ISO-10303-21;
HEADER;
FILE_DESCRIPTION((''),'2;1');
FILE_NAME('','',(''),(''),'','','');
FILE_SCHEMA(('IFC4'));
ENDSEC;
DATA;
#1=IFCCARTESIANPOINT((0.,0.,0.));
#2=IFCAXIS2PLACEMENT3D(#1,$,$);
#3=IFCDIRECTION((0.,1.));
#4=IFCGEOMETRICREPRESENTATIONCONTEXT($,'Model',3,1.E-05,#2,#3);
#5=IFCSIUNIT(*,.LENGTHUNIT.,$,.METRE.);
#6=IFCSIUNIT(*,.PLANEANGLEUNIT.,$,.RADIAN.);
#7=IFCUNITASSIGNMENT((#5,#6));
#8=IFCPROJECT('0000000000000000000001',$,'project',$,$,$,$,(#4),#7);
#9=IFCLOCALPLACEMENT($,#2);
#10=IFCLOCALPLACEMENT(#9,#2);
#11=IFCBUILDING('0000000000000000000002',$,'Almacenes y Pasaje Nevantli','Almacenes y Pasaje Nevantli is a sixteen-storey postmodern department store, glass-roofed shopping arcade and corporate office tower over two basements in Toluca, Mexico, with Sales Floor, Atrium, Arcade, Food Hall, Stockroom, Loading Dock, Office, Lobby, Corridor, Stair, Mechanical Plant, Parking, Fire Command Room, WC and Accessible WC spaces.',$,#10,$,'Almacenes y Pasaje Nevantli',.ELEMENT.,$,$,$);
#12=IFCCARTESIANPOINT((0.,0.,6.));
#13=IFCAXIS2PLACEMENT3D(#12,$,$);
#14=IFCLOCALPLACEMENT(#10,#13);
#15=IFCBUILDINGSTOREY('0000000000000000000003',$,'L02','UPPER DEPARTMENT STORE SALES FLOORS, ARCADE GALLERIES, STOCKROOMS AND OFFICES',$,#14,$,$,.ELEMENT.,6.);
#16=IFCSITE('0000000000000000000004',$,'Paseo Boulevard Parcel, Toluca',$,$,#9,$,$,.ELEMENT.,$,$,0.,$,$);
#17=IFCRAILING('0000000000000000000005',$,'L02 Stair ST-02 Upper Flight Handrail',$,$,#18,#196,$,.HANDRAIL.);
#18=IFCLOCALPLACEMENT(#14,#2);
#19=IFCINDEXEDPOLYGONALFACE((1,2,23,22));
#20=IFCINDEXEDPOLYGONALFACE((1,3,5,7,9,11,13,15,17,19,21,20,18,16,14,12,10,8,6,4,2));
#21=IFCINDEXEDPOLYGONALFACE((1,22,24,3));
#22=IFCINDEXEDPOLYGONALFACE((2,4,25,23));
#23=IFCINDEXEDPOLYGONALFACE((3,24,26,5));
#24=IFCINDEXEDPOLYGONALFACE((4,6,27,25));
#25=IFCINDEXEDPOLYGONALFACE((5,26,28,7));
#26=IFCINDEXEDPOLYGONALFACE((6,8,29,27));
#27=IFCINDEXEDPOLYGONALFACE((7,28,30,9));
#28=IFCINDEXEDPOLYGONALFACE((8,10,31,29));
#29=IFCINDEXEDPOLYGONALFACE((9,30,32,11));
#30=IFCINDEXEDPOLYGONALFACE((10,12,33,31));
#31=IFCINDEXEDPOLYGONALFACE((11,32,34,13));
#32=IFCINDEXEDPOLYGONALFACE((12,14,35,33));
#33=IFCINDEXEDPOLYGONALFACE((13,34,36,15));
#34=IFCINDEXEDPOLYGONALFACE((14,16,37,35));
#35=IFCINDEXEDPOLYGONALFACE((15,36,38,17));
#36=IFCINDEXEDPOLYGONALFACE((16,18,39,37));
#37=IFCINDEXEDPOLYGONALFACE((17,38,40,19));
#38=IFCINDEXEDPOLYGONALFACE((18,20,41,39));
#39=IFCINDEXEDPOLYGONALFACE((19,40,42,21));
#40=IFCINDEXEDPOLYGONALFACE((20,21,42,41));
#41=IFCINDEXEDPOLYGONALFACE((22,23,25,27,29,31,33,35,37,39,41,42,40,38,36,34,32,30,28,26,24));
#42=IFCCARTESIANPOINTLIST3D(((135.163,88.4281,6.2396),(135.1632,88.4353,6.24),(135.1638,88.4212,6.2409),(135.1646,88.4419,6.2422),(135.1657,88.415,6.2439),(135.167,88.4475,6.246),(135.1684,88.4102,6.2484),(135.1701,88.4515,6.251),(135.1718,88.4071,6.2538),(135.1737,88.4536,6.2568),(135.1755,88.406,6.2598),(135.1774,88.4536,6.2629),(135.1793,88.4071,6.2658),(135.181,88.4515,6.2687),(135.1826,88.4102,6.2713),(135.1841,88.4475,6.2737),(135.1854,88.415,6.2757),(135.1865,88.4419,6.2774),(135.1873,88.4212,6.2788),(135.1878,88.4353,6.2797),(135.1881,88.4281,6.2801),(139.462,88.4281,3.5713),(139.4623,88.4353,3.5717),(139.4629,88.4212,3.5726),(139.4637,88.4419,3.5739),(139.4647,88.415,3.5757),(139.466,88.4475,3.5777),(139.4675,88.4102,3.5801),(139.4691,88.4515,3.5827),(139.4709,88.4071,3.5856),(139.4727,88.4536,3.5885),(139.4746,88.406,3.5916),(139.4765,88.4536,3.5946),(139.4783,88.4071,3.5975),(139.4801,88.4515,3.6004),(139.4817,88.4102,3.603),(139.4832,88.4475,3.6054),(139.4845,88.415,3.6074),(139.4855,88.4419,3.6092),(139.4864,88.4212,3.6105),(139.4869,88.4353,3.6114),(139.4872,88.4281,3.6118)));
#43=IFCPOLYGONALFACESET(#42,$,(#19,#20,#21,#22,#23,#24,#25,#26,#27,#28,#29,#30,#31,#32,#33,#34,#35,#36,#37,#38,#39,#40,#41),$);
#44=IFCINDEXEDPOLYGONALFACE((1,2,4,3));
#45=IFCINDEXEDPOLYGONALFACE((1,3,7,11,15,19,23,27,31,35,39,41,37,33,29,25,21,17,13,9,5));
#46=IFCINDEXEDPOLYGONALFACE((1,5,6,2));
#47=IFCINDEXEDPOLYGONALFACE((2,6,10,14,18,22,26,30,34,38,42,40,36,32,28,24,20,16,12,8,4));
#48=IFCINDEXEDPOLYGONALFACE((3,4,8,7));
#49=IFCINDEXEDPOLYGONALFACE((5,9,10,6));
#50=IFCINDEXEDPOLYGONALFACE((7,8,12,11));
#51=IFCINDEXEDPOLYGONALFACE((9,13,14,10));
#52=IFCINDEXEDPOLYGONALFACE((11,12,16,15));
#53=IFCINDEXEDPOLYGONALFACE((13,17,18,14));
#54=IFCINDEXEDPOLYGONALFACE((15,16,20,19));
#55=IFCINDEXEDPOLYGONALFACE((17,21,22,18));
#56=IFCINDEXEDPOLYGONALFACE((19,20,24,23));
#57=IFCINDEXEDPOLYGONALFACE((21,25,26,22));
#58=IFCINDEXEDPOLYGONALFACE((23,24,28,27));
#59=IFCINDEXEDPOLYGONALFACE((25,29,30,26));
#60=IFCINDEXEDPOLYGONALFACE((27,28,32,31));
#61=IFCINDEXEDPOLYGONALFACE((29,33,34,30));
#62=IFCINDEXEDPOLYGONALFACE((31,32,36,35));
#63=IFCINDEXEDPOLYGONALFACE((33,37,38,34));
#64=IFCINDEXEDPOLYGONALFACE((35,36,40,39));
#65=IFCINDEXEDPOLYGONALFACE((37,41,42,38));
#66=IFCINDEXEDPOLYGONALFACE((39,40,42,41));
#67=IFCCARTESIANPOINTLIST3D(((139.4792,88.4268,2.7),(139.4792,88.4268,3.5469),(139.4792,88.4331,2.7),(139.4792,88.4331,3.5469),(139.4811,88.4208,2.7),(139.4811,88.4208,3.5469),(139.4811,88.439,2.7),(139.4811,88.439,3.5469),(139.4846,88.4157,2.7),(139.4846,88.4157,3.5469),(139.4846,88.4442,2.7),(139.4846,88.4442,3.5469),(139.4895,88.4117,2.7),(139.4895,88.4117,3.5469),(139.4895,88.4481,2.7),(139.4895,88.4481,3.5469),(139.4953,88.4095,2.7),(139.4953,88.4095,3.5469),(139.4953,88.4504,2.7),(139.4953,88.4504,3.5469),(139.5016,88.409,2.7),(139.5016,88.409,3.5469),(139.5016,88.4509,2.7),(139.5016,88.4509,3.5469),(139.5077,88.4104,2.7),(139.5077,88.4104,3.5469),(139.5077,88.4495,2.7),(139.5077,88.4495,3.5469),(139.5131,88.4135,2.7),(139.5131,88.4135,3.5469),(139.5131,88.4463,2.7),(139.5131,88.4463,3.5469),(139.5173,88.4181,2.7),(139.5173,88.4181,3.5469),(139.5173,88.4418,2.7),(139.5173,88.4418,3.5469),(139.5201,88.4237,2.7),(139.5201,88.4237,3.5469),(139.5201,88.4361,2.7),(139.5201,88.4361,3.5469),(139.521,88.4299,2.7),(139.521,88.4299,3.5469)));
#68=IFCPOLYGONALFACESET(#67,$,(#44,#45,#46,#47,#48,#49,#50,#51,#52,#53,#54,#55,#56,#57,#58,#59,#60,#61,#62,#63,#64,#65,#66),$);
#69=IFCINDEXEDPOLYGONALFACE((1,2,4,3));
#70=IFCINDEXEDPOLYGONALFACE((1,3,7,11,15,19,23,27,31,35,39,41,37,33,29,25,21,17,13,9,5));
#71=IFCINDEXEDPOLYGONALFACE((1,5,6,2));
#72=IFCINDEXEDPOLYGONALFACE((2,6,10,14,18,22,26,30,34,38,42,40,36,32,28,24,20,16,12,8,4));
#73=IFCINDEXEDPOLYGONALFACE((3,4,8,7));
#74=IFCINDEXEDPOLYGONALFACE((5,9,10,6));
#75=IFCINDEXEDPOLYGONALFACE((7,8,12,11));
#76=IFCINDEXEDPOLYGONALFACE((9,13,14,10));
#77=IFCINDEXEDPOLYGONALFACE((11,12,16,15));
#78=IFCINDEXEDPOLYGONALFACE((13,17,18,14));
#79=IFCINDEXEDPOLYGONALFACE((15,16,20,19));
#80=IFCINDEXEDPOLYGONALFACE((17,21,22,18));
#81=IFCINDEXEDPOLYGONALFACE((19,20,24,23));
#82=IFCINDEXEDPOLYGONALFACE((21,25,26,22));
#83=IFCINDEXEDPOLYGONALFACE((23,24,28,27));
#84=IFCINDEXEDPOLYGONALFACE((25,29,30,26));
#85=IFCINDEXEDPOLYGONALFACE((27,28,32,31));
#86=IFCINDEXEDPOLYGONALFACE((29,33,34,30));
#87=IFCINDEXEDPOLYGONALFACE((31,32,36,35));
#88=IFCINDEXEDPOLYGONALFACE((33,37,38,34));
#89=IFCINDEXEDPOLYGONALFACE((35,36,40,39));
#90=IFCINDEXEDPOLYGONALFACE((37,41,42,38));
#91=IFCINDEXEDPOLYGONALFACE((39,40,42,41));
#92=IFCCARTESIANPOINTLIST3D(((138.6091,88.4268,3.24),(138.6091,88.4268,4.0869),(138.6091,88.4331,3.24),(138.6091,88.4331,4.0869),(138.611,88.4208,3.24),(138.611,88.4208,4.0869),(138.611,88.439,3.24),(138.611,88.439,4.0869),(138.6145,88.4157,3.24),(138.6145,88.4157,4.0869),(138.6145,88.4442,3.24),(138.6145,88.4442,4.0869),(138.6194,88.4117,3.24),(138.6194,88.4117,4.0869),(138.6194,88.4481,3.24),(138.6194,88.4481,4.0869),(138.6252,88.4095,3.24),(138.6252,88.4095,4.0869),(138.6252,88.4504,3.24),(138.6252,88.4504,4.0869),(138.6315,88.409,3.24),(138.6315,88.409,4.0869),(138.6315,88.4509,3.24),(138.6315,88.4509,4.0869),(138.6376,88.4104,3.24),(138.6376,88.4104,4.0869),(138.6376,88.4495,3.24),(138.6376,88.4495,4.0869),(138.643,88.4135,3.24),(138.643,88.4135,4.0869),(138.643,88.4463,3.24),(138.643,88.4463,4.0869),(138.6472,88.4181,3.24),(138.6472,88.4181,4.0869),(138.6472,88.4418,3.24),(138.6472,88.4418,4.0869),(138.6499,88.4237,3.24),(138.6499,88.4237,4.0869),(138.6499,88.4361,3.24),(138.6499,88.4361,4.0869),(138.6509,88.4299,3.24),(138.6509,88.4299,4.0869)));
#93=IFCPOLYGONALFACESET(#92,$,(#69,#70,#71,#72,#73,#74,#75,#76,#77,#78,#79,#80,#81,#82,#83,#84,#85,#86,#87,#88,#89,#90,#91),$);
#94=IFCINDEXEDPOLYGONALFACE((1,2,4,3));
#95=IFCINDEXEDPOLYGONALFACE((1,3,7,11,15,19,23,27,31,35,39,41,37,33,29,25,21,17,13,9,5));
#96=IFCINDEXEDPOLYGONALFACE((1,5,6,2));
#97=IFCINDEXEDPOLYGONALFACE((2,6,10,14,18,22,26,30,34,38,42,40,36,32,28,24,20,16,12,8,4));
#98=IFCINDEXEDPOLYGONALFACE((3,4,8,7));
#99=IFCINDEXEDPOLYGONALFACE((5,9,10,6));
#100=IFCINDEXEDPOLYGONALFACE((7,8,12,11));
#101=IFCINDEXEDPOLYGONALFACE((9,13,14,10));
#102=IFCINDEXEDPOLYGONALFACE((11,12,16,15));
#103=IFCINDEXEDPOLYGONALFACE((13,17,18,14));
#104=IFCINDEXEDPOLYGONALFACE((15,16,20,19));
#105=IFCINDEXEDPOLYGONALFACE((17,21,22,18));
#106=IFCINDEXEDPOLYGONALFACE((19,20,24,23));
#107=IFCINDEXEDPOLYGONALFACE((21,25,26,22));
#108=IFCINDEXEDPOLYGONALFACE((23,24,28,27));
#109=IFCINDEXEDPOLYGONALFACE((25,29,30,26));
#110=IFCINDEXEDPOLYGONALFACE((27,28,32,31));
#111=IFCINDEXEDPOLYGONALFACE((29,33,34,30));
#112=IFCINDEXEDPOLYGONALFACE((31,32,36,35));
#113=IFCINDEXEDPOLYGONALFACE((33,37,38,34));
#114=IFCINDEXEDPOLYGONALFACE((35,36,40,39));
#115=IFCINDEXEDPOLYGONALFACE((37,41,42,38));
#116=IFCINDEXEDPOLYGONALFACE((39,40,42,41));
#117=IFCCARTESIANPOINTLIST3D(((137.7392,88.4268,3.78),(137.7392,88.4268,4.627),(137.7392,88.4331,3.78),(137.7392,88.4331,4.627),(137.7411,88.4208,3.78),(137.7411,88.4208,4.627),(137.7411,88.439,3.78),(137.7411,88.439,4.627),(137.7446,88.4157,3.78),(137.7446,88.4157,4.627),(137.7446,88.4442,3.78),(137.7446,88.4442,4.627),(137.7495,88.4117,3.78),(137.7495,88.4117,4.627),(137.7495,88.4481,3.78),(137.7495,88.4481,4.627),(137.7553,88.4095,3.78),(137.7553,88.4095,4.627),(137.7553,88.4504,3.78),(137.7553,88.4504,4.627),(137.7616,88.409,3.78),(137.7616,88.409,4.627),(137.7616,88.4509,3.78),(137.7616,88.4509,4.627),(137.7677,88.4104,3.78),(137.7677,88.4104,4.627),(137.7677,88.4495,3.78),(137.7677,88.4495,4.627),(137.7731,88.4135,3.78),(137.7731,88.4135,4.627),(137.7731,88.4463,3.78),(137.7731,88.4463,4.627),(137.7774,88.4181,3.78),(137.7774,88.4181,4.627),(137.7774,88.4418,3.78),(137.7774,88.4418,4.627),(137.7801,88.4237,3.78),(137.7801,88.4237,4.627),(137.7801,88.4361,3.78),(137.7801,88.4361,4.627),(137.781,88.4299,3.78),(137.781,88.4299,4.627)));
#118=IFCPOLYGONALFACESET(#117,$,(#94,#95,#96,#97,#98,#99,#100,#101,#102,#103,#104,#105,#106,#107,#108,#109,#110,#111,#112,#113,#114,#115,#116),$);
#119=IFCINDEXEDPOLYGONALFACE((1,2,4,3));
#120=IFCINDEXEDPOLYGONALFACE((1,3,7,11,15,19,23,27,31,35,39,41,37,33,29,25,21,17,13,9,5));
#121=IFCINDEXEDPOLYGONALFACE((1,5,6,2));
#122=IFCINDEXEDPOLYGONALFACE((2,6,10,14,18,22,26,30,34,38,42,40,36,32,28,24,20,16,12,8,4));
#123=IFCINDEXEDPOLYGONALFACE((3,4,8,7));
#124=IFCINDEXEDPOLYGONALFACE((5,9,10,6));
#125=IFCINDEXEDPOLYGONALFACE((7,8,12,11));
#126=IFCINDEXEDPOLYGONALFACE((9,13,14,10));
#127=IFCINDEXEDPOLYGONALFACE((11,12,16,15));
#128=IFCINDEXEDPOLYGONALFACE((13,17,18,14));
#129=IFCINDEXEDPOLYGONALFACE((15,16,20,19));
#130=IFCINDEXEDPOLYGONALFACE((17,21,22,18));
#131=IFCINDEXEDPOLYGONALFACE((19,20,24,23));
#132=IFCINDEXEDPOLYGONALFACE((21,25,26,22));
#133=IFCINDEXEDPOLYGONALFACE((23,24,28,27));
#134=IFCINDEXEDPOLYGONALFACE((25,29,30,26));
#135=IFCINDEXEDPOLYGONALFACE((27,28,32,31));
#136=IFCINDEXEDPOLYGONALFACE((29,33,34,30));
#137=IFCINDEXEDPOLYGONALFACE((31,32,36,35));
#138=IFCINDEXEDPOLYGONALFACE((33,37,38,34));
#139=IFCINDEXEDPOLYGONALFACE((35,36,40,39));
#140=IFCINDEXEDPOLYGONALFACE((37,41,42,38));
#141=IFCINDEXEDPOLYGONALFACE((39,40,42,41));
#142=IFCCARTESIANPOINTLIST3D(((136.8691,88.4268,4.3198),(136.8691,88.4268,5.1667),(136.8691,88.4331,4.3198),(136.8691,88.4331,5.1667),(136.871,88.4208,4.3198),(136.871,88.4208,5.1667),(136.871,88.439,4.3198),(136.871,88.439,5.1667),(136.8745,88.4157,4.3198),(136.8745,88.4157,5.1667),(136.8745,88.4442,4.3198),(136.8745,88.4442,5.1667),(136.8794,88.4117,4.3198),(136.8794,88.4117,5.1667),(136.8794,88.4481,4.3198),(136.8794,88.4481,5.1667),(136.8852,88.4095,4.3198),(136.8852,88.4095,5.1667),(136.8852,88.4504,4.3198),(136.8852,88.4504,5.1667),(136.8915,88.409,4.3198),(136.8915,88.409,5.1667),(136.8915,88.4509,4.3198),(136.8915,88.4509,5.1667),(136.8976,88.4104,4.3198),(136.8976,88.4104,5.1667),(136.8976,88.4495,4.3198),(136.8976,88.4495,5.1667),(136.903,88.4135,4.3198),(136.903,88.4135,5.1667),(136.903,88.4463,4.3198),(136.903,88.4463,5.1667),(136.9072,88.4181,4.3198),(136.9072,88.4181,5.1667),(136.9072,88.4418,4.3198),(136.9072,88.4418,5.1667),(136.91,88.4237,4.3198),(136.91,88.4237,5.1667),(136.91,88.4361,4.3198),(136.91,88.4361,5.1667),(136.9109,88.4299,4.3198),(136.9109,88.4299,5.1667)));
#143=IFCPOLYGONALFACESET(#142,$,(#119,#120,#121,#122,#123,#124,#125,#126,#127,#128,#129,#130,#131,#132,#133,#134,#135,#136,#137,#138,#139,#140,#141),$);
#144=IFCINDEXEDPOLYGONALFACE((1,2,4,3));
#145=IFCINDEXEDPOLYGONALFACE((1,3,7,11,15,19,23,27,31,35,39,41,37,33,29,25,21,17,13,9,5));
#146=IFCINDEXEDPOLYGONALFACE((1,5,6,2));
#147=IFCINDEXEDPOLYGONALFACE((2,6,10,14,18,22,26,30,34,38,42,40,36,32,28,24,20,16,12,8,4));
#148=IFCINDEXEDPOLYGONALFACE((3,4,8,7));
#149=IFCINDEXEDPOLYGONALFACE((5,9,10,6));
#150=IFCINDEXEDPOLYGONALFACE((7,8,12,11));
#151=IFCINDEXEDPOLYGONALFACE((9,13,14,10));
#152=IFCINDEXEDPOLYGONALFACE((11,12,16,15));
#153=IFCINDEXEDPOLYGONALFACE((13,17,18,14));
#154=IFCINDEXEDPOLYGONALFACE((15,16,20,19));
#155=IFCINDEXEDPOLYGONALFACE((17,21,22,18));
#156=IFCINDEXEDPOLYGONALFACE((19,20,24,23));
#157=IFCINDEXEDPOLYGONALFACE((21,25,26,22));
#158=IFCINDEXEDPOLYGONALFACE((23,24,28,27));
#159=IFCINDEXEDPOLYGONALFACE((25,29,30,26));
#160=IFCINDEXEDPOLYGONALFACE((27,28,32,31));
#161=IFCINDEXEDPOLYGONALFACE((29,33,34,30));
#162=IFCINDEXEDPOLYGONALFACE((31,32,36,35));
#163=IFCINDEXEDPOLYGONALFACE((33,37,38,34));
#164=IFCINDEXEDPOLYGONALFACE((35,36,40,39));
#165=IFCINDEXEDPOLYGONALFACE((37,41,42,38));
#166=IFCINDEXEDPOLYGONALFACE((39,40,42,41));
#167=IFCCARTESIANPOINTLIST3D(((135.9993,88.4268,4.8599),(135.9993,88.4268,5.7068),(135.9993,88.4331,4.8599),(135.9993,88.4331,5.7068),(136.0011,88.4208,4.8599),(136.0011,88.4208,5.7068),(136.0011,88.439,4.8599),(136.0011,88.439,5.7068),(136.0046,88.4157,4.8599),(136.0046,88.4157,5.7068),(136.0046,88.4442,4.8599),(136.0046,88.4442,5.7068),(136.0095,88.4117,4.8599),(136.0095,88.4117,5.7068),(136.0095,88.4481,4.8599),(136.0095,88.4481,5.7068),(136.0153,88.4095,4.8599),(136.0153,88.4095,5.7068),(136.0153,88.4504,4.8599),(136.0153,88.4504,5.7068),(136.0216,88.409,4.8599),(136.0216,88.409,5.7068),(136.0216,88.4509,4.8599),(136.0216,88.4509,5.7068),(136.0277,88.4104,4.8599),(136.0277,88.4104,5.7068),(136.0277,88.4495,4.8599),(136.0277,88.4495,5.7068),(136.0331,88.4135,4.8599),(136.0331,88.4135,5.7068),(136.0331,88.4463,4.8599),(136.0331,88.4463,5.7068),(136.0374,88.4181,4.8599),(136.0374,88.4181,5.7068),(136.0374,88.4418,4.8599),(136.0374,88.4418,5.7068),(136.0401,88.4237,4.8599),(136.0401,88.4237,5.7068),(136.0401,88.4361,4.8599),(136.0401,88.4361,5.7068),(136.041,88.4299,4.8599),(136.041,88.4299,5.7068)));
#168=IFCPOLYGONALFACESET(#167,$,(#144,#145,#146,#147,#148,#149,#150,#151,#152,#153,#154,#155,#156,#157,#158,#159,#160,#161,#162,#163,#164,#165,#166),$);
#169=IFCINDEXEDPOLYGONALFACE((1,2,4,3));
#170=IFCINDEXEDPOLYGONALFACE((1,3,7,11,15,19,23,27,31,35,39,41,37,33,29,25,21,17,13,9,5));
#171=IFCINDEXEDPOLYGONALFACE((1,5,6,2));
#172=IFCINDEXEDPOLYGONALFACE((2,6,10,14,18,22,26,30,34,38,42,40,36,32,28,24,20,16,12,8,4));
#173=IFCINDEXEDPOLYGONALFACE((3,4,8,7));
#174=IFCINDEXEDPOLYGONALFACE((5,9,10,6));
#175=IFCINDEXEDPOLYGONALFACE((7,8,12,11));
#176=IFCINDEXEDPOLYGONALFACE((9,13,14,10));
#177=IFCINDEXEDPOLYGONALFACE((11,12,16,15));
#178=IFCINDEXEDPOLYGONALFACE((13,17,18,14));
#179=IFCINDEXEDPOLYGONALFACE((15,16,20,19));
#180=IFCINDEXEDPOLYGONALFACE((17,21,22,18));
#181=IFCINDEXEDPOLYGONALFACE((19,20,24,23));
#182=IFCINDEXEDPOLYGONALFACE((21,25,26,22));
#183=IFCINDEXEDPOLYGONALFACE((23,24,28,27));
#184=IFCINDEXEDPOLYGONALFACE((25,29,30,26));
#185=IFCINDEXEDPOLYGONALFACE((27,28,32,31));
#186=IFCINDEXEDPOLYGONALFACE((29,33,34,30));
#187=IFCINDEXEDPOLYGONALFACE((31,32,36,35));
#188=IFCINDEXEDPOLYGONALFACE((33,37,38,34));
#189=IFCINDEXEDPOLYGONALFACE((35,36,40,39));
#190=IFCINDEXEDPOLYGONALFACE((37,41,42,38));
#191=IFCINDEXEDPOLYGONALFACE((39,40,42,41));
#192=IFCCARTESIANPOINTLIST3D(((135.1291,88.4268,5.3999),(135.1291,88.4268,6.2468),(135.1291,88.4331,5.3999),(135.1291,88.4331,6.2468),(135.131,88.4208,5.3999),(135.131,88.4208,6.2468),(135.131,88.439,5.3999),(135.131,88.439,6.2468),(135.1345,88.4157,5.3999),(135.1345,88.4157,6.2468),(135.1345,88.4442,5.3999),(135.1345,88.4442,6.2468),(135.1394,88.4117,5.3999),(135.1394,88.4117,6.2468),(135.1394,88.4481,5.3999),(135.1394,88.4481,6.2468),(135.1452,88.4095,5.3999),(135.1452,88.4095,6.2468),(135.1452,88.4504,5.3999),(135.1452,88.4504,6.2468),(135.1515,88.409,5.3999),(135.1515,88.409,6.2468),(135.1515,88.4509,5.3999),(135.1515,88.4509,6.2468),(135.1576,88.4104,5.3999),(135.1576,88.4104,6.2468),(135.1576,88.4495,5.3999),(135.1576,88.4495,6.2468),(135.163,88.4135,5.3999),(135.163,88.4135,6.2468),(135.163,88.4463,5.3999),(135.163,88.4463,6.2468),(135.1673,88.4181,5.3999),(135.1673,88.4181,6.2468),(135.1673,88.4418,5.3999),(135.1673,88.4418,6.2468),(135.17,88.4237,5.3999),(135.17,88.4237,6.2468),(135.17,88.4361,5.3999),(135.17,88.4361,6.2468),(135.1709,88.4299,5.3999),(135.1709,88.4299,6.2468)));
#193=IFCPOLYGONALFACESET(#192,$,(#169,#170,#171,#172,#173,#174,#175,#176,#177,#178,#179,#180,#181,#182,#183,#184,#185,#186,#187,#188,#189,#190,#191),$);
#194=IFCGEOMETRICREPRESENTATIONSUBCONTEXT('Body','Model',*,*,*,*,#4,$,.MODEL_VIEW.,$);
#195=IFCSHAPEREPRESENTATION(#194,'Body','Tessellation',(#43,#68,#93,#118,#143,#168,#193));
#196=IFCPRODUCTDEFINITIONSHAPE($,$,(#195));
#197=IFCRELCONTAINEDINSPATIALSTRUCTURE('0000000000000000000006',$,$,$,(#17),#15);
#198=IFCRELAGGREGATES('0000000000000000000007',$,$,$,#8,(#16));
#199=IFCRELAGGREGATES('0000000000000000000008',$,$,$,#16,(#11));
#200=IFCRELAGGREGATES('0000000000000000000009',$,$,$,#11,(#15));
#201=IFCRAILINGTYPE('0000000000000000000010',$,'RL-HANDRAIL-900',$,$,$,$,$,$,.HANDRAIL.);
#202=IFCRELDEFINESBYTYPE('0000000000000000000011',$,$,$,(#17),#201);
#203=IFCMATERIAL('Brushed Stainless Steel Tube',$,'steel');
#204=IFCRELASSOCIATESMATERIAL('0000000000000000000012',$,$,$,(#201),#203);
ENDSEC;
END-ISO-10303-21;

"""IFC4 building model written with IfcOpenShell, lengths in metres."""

from ifc_helpers import new_model, si_unit, direction, frame, origin, origin_2d, place, context, subcontext, project, spatial, circle, extrude, material, type_object, element, save


model = new_model("IFC4")

# Units and contexts
model_context = context("Model", 3, precision=1e-05, world=origin(), true_north=direction((0.0, 1.0)))
body_context = subcontext(model_context, "Body", "Model", "MODEL_VIEW")
ifc_project = project(units=[si_unit("LENGTHUNIT", "METRE"), si_unit("PLANEANGLEUNIT", "RADIAN")], contexts=[model_context])

# Site, building, storey
site_placement = place(None, origin())
site = spatial("IfcSite", under=ifc_project, at=site_placement, Name="Paseo Boulevard Parcel, Toluca", CompositionType="ELEMENT", RefElevation=0.0)
building_placement = place(site_placement, origin())
building = spatial("IfcBuilding", under=site, at=building_placement, Name="Almacenes y Pasaje Nevantli", Description="Almacenes y Pasaje Nevantli is a sixteen-storey postmodern department store, glass-roofed shopping arcade and corporate office tower over two basements in Toluca, Mexico, with Sales Floor, Atrium, Arcade, Food Hall, Stockroom, Loading Dock, Office, Lobby, Corridor, Stair, Mechanical Plant, Parking, Fire Command Room, WC and Accessible WC spaces.", LongName="Almacenes y Pasaje Nevantli", CompositionType="ELEMENT")
storey_placement = place(building_placement, frame((0.0, 0.0, 6.0)))
storey = spatial("IfcBuildingStorey", under=building, at=storey_placement, Name="L02", Description="UPPER DEPARTMENT STORE SALES FLOORS, ARCADE GALLERIES, STOCKROOMS AND OFFICES", CompositionType="ELEMENT", Elevation=6.0)

# Railing
ifc_material_1 = material(Name="Brushed Stainless Steel Tube", Category="steel")
railing_type = type_object("IfcRailingType", Name="RL-HANDRAIL-900", PredefinedType="HANDRAIL", material=ifc_material_1)
railing_placement = place(storey_placement, frame((139.5, 88.4299, 2.7)))
element("IfcRailing", 1, at=railing_placement, inside=storey, type_object=railing_type, Name="L02 Stair ST-02 Upper Flight Handrail", PredefinedType="HANDRAIL", context=body_context, shape_type="SweptSolid", body=[
    extrude(circle(Radius=0.0239, at=origin_2d()), frame((-0.0254, 0.0, 0.8916), z_axis=(-0.84965, 0.0, 0.527347), x_axis=(0.0, -1.0, 0.0)), (0.0, 0.0, 1.0), 5.0598),
    extrude(circle(Radius=0.021, at=origin_2d()), origin(), (0.0, 0.0, 1.0), 0.8469),
    extrude(circle(Radius=0.021, at=origin_2d()), frame((-0.8701, 0.0, 0.54)), (0.0, 0.0, 1.0), 0.8469),
    extrude(circle(Radius=0.021, at=origin_2d()), frame((-1.74, 0.0, 1.0801)), (0.0, 0.0, 1.0), 0.8469),
    extrude(circle(Radius=0.021, at=origin_2d()), frame((-2.6101, 0.0, 1.6199)), (0.0, 0.0, 1.0), 0.8469),
    extrude(circle(Radius=0.021, at=origin_2d()), frame((-3.48, 0.0, 2.1599)), (0.0, 0.0, 1.0), 0.8469),
    extrude(circle(Radius=0.021, at=origin_2d()), frame((-4.3501, 0.0, 2.7)), (0.0, 0.0, 1.0), 0.8469),
])

save(model, "model.ifc")
